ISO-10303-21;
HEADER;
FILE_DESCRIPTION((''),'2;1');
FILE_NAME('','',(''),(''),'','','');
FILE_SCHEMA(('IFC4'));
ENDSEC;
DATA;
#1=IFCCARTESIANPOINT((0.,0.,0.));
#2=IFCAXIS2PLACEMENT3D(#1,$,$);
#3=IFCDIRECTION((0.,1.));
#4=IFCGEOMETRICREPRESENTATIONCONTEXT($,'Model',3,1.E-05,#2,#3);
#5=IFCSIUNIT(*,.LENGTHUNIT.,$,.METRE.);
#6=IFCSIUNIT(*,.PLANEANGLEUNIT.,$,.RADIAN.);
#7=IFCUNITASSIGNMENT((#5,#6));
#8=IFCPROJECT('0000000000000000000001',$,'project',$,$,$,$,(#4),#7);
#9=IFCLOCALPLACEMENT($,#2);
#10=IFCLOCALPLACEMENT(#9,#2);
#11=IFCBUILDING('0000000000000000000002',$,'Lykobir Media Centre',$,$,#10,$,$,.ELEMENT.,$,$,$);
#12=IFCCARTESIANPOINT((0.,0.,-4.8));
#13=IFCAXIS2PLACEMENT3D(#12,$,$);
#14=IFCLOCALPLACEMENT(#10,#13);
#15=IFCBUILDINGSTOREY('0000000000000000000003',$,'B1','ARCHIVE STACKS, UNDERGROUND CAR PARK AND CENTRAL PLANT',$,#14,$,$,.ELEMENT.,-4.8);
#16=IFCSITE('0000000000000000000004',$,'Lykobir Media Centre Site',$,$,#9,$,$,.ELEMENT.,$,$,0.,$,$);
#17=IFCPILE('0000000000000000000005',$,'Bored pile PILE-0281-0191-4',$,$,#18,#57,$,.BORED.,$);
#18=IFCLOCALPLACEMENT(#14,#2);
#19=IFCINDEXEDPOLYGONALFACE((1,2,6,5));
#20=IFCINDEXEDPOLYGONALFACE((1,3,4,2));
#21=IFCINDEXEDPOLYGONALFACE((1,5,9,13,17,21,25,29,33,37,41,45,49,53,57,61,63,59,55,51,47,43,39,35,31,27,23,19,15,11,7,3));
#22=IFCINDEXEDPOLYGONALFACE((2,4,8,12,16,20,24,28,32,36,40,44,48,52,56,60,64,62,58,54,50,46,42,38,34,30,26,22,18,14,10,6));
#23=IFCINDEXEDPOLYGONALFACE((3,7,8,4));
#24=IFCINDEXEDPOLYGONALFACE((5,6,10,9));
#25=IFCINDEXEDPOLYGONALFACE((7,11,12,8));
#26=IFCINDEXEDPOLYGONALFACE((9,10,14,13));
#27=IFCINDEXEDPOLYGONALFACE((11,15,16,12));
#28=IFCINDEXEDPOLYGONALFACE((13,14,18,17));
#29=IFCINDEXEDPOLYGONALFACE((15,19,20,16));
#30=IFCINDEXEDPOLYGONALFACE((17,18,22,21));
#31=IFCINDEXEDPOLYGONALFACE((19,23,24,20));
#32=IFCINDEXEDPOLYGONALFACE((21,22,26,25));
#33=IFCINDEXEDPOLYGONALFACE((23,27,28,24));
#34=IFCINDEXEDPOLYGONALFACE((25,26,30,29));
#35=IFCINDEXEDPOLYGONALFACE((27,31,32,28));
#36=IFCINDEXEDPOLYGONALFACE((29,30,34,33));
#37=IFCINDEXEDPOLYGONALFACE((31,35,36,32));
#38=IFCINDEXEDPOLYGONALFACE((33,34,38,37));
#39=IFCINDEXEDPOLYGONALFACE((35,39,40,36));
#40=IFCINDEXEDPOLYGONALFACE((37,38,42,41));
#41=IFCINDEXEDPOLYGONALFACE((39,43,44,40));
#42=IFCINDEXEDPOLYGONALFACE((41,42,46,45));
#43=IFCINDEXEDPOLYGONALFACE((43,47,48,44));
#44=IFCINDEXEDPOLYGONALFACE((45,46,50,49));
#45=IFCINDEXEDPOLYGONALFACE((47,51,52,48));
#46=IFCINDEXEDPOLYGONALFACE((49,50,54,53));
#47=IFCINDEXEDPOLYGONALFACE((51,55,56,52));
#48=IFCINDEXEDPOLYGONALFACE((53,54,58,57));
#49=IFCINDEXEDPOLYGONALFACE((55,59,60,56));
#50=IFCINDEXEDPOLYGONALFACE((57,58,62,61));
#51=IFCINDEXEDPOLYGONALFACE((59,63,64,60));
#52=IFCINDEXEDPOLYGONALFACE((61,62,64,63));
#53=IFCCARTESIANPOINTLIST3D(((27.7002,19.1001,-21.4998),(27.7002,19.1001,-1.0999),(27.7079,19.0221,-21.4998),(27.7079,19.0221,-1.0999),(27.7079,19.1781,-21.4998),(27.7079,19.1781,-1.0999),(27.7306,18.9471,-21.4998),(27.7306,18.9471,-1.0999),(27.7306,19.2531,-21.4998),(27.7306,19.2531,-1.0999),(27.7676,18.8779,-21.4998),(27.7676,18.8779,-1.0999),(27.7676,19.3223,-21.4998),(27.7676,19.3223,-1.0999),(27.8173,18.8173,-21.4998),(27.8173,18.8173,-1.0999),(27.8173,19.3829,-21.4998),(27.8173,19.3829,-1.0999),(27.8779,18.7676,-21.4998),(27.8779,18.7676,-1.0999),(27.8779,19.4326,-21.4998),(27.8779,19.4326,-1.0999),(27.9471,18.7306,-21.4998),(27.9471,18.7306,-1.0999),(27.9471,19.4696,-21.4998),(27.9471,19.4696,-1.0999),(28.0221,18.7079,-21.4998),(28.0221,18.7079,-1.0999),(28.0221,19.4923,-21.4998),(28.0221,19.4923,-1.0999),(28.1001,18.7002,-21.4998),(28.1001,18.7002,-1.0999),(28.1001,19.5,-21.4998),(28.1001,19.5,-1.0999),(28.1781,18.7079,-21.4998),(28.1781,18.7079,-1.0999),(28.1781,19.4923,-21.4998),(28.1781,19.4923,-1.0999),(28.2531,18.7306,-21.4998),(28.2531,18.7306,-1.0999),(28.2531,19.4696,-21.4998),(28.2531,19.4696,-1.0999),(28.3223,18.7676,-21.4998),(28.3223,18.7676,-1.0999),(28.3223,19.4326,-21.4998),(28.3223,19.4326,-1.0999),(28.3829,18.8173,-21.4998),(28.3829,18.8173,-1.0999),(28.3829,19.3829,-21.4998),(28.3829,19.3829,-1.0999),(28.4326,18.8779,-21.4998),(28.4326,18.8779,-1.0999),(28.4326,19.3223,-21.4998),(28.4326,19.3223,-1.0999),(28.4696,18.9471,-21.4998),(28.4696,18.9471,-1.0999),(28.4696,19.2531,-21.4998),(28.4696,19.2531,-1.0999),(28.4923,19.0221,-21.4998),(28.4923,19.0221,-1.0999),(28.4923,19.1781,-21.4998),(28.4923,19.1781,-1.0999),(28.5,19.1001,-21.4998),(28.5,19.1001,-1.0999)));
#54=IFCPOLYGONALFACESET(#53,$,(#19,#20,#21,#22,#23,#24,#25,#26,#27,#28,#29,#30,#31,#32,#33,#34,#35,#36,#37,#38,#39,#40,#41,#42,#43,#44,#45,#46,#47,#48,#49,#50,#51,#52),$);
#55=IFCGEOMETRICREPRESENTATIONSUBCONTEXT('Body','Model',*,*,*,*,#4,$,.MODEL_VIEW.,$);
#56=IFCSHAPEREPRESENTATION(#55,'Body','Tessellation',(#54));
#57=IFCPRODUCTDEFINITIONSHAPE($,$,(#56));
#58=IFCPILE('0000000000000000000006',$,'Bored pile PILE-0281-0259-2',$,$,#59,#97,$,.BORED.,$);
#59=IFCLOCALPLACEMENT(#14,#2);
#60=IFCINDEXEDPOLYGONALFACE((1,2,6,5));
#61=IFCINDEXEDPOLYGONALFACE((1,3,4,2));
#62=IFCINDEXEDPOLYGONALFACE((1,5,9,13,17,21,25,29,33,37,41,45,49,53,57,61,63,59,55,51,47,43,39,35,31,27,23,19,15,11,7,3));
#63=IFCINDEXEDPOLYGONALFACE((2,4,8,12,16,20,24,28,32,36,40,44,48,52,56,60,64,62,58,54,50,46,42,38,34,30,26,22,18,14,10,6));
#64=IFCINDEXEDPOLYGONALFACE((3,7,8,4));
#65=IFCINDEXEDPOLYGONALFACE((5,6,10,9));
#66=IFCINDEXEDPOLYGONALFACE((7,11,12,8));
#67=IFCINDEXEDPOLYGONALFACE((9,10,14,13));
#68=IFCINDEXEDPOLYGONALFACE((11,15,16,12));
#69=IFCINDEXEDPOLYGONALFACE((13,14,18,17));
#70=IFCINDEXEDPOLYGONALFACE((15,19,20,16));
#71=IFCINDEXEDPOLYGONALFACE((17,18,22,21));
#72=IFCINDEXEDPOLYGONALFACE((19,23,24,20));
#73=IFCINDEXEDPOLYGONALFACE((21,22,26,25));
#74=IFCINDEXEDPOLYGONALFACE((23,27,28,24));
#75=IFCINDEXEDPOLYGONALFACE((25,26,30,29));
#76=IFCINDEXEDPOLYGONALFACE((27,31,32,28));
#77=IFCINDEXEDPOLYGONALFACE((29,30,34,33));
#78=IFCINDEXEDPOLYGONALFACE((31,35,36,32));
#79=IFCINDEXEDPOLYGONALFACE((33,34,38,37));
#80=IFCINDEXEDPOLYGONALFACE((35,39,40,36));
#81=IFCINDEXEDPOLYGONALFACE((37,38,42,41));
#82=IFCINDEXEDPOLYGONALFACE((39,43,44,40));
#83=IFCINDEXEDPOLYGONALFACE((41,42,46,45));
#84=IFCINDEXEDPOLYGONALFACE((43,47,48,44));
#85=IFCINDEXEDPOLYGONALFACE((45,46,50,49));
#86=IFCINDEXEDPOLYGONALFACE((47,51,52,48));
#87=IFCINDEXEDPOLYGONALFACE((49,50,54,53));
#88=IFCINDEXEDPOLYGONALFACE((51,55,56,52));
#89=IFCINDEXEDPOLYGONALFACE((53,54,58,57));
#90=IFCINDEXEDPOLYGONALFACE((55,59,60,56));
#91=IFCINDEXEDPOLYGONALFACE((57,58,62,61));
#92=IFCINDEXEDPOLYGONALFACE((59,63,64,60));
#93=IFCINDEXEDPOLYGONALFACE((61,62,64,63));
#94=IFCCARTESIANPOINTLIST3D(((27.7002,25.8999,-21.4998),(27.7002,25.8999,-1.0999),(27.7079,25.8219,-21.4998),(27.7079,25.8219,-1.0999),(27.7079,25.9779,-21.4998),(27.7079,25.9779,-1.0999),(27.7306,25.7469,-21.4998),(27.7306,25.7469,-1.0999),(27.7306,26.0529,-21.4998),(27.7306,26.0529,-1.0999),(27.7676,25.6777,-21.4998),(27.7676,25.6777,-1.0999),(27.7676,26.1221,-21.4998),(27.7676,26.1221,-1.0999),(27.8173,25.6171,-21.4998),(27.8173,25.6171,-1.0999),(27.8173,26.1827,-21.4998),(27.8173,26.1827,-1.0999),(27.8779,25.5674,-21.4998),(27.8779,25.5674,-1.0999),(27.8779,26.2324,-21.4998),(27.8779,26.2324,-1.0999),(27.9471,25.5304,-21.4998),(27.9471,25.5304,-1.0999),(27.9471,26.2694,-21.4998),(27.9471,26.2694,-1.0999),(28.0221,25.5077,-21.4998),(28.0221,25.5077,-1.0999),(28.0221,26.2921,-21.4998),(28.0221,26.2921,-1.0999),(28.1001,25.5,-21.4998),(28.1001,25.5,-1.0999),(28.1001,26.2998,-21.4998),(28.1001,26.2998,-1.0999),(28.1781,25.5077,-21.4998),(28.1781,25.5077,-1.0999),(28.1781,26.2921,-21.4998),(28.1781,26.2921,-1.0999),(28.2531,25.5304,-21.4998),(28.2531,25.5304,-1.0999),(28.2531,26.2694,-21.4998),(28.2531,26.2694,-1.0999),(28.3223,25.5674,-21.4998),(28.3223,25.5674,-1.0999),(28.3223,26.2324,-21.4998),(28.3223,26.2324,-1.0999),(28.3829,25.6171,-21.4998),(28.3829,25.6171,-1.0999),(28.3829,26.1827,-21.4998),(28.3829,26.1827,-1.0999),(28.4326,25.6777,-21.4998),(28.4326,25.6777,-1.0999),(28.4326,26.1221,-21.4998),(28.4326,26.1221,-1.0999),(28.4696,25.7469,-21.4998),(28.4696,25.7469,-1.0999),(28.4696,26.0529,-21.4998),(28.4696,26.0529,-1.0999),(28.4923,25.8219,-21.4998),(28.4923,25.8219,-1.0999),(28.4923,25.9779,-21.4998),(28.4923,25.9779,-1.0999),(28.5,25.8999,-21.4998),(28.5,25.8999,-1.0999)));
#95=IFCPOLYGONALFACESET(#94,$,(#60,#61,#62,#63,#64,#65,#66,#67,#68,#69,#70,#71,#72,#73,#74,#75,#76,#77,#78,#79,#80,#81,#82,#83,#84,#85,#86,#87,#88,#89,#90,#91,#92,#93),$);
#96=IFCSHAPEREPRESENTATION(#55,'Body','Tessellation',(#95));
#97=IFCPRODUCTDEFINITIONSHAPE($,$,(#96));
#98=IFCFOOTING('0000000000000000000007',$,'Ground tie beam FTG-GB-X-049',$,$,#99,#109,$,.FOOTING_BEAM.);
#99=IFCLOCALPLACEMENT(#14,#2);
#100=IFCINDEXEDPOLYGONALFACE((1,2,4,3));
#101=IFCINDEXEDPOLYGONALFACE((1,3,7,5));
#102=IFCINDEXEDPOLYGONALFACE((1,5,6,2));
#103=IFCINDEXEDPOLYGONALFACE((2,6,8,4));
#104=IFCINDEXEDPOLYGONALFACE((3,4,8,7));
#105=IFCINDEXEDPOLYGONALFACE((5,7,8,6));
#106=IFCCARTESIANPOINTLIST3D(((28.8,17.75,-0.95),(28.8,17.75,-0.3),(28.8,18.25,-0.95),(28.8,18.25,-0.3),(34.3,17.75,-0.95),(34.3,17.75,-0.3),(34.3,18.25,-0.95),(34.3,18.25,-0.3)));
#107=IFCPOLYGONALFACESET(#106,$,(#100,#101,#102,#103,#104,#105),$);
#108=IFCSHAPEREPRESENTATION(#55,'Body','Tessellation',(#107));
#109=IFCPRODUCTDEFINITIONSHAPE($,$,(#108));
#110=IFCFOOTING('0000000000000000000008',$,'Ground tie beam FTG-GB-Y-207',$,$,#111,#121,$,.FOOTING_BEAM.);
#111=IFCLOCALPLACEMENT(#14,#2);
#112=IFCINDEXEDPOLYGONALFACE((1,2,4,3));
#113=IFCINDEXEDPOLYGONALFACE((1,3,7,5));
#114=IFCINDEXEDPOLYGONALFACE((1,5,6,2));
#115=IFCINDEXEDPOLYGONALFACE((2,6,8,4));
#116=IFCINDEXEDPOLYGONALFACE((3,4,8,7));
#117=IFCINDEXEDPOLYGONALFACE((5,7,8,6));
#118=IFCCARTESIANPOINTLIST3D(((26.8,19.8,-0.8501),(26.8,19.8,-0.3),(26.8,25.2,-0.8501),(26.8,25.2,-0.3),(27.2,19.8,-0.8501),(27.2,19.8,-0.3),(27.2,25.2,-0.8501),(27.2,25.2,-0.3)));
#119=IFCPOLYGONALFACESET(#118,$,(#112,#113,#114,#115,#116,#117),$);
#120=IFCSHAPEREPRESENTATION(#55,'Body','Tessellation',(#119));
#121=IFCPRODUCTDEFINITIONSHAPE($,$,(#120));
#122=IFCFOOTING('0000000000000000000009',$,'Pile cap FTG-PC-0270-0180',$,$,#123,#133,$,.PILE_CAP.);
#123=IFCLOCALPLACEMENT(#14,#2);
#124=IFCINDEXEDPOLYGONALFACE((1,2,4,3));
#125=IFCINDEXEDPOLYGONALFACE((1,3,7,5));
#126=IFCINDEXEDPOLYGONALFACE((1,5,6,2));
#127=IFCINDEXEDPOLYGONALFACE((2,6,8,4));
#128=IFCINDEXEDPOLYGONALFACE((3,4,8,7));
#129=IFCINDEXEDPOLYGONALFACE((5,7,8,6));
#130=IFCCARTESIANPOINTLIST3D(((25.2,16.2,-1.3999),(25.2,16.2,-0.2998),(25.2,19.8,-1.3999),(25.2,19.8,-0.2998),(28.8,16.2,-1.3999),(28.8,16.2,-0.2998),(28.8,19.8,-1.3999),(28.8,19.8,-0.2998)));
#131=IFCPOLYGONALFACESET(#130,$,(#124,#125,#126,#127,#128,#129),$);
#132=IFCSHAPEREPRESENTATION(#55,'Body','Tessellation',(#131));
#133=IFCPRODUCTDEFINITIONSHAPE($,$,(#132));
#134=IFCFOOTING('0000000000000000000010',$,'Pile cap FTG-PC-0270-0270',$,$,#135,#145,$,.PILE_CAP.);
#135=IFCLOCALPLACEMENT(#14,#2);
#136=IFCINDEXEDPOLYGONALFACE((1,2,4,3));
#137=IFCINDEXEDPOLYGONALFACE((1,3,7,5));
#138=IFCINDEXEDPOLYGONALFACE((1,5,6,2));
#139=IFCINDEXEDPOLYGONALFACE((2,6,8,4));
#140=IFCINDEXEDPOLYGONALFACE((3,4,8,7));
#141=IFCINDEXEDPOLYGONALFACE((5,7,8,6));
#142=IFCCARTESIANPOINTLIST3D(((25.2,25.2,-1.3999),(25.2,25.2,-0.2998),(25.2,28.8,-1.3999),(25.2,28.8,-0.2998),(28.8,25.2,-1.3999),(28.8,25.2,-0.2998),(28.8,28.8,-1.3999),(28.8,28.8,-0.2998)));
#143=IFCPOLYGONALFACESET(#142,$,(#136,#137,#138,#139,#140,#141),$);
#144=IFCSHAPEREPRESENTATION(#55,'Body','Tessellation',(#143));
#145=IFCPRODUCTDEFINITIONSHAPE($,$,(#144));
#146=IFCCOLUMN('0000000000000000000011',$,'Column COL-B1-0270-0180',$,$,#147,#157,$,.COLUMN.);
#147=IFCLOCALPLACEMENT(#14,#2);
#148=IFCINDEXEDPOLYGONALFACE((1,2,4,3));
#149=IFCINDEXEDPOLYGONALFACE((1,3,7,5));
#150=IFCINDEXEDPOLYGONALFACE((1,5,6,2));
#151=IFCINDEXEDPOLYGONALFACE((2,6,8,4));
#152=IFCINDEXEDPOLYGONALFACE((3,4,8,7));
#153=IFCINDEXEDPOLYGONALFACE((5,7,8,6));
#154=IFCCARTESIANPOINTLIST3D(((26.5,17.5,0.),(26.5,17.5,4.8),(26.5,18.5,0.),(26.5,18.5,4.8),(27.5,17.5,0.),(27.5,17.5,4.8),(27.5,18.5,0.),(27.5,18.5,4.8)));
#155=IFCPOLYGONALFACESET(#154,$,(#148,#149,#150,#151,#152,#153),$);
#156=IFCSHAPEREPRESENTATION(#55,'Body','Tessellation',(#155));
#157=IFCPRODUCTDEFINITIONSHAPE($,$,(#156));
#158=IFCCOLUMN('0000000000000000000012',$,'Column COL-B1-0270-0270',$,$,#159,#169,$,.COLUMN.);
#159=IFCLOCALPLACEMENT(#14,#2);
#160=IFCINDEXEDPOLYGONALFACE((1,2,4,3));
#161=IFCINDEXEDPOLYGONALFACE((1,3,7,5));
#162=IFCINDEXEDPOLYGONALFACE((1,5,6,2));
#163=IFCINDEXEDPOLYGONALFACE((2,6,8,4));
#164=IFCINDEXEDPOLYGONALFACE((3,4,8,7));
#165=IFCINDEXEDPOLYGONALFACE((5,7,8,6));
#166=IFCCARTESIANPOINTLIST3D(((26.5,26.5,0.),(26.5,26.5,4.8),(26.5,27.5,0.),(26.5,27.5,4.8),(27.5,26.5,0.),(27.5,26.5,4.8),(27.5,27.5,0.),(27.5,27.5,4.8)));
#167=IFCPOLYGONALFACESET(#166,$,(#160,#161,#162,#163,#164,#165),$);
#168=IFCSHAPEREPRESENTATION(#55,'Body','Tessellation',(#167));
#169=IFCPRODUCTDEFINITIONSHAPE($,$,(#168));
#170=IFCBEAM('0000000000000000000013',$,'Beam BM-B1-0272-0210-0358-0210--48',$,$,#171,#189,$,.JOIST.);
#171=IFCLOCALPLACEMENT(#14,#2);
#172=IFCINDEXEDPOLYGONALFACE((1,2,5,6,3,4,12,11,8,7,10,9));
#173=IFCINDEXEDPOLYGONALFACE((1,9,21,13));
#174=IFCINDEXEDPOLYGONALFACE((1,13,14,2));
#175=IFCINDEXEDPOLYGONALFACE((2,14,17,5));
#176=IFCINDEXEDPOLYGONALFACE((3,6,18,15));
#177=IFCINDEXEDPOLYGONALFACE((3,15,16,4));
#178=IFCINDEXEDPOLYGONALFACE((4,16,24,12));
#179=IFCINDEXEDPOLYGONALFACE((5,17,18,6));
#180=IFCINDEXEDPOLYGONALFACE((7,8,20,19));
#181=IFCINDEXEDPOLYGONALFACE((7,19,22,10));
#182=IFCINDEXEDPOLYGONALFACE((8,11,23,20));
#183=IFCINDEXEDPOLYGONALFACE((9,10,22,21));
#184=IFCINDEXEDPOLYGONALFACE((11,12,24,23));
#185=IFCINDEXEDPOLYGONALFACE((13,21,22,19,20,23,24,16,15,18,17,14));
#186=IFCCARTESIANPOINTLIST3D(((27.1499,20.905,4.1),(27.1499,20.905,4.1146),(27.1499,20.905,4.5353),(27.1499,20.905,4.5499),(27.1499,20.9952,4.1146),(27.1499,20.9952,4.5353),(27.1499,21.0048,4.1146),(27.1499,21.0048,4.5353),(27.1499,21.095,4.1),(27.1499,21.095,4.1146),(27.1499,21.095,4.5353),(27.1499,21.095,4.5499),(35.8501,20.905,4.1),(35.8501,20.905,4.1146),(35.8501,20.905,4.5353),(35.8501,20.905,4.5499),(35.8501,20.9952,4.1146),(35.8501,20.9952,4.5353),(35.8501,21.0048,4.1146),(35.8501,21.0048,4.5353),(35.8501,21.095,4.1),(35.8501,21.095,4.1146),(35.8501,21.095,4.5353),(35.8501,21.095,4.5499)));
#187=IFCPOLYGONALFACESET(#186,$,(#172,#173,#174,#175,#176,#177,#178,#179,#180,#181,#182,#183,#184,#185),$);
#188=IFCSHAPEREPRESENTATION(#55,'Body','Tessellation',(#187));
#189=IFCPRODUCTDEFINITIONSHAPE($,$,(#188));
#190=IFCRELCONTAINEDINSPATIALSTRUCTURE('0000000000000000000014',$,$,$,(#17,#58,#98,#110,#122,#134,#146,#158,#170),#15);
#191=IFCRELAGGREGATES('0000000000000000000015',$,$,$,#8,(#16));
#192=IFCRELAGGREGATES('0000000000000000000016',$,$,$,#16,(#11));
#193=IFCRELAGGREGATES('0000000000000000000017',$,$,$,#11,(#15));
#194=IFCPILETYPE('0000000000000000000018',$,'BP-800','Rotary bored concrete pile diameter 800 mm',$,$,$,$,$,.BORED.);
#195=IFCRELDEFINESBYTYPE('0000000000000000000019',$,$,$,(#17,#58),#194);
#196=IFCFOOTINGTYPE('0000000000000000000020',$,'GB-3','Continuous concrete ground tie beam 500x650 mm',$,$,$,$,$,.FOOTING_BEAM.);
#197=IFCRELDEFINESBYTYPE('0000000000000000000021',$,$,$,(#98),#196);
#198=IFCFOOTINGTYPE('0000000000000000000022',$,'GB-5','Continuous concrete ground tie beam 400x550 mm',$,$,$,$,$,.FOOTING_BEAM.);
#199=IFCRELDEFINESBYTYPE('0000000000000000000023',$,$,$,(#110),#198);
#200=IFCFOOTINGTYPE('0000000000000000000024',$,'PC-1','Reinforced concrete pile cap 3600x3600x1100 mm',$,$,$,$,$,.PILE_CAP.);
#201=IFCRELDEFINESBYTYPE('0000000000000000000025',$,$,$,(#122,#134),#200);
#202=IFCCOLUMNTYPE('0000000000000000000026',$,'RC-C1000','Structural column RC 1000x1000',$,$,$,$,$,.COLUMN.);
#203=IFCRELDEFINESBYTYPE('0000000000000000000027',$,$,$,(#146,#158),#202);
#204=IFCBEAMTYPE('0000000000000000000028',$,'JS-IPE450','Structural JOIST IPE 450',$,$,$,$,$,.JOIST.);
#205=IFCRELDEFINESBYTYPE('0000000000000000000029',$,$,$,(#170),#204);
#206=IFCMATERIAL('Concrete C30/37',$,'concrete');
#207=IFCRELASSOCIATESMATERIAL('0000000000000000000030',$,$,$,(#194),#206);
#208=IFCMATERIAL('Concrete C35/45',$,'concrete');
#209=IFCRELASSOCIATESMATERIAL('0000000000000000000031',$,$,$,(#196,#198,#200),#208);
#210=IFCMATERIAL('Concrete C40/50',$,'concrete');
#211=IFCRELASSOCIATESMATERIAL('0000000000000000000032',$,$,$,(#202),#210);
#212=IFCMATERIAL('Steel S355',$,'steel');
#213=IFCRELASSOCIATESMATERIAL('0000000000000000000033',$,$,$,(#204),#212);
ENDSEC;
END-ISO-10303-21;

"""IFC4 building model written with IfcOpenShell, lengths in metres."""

from ifc_helpers import new_model, si_unit, direction, frame, origin, origin_2d, place, context, subcontext, project, spatial, rectangle, circle, i_section, extrude, material, material_profile, profile_set, type_object, element, save


model = new_model("IFC4")

# Units and contexts
model_context = context("Model", 3, precision=1e-05, world=origin(), true_north=direction((0.0, 1.0)))
body_context = subcontext(model_context, "Body", "Model", "MODEL_VIEW")
ifc_project = project(units=[si_unit("LENGTHUNIT", "METRE"), si_unit("PLANEANGLEUNIT", "RADIAN")], contexts=[model_context])

# Site, building, storey
site_placement = place(None, origin())
site = spatial("IfcSite", under=ifc_project, at=site_placement, Name="Lykobir Media Centre Site", CompositionType="ELEMENT", RefElevation=0.0)
building_placement = place(site_placement, origin())
building = spatial("IfcBuilding", under=site, at=building_placement, Name="Lykobir Media Centre", CompositionType="ELEMENT")
storey_placement = place(building_placement, frame((0.0, 0.0, -4.8)))
storey = spatial("IfcBuildingStorey", under=building, at=storey_placement, Name="B1", Description="ARCHIVE STACKS, UNDERGROUND CAR PARK AND CENTRAL PLANT", CompositionType="ELEMENT", Elevation=-4.8)

# Piles
ifc_material_1 = material(Name="Concrete C30/37", Category="concrete")
ifc_material_profile_1 = material_profile(ifc_material_1, circle(Radius=0.3999, at=origin_2d()), Name="BORED PILE D800")
ifc_profile_set_1 = profile_set([ifc_material_profile_1], Name="Concrete C30/37")
pile_type = type_object("IfcPileType", Name="BP-800", Description="Rotary bored concrete pile diameter 800 mm", PredefinedType="BORED", material=ifc_profile_set_1)
for number, where, z_axis, x_axis, name in (
    (1, (28.1001, 19.1001, -1.0999), (0.0, 0.0, -1.0), (1.0, 0.0, 0.0), "Bored pile PILE-0281-0191-4"),
    (2, (28.1001, 25.8999, -1.0999), (0.0, 0.0, -1.0), (1.0, 0.0, 0.0), "Bored pile PILE-0281-0259-2"),
):
    element("IfcPile", number, at=place(storey_placement, frame(where, z_axis=z_axis, x_axis=x_axis)), inside=storey, type_object=pile_type, Name=name, PredefinedType="BORED", context=body_context, shape_type="SweptSolid", body=[
        extrude(circle(Radius=0.3999, at=origin_2d()), origin(), (0.0, 0.0, 1.0), 20.3999),
    ])

# Footings
ifc_material_2 = material(Name="Concrete C35/45", Category="concrete")
footing_type_1 = type_object("IfcFootingType", Name="GB-3", Description="Continuous concrete ground tie beam 500x650 mm", PredefinedType="FOOTING_BEAM", material=ifc_material_2)
footing_1_placement = place(storey_placement, frame((31.55, 18.0, -0.95), z_axis=(0.0, 0.0, 1.0), x_axis=(1.0, 0.0, 0.0)))
element("IfcFooting", 3, at=footing_1_placement, inside=storey, type_object=footing_type_1, Name="Ground tie beam FTG-GB-X-049", PredefinedType="FOOTING_BEAM", context=body_context, shape_type="SweptSolid", body=[
    extrude(rectangle(XDim=5.5, YDim=0.5, at=origin_2d()), origin(), (0.0, 0.0, 1.0), 0.6499),
])
footing_type_2 = type_object("IfcFootingType", Name="GB-5", Description="Continuous concrete ground tie beam 400x550 mm", PredefinedType="FOOTING_BEAM", material=ifc_material_2)
footing_2_placement = place(storey_placement, frame((27.0, 22.5, -0.8501), z_axis=(0.0, 0.0, 1.0), x_axis=(0.0, 1.0, 0.0)))
element("IfcFooting", 4, at=footing_2_placement, inside=storey, type_object=footing_type_2, Name="Ground tie beam FTG-GB-Y-207", PredefinedType="FOOTING_BEAM", context=body_context, shape_type="SweptSolid", body=[
    extrude(rectangle(XDim=5.3999, YDim=0.3999, at=origin_2d()), origin(), (0.0, 0.0, 1.0), 0.55),
])
footing_type_3 = type_object("IfcFootingType", Name="PC-1", Description="Reinforced concrete pile cap 3600x3600x1100 mm", PredefinedType="PILE_CAP", material=ifc_material_2)
for number, where, z_axis, x_axis, name in (
    (5, (27.0, 18.0, -1.3999), (0.0, 0.0, 1.0), (1.0, 0.0, 0.0), "Pile cap FTG-PC-0270-0180"),
    (6, (27.0, 27.0, -1.3999), (0.0, 0.0, 1.0), (1.0, 0.0, 0.0), "Pile cap FTG-PC-0270-0270"),
):
    element("IfcFooting", number, at=place(storey_placement, frame(where, z_axis=z_axis, x_axis=x_axis)), inside=storey, type_object=footing_type_3, Name=name, PredefinedType="PILE_CAP", context=body_context, shape_type="SweptSolid", body=[
        extrude(rectangle(XDim=3.6001, YDim=3.6001, at=origin_2d()), origin(), (0.0, 0.0, 1.0), 1.1001),
    ])

# Columns
ifc_material_3 = material(Name="Concrete C40/50", Category="concrete")
ifc_material_profile_2 = material_profile(ifc_material_3, rectangle(XDim=1.0, YDim=1.0, at=origin_2d()), Name="RC 1000x1000")
ifc_profile_set_2 = profile_set([ifc_material_profile_2], Name="Concrete C40/50")
column_type = type_object("IfcColumnType", Name="RC-C1000", Description="Structural column RC 1000x1000", PredefinedType="COLUMN", material=ifc_profile_set_2)
for number, where, z_axis, x_axis, name in (
    (7, (27.0, 18.0, 0.0), (0.0, 0.0, 1.0), (1.0, 0.0, 0.0), "Column COL-B1-0270-0180"),
    (8, (27.0, 27.0, 0.0), (0.0, 0.0, 1.0), (1.0, 0.0, 0.0), "Column COL-B1-0270-0270"),
):
    element("IfcColumn", number, at=place(storey_placement, frame(where, z_axis=z_axis, x_axis=x_axis)), inside=storey, type_object=column_type, Name=name, PredefinedType="COLUMN", context=body_context, shape_type="SweptSolid", body=[
        extrude(rectangle(XDim=1.0, YDim=1.0, at=origin_2d()), origin(), (0.0, 0.0, 1.0), 4.8),
    ])

# Beam
ifc_material_4 = material(Name="Steel S355", Category="steel")
ifc_material_profile_3 = material_profile(ifc_material_4, i_section(OverallWidth=0.1899, OverallDepth=0.45, WebThickness=0.0095, FlangeThickness=0.0146, at=origin_2d()), Name="IPE 450")
ifc_profile_set_3 = profile_set([ifc_material_profile_3], Name="Steel S355")
beam_type_1 = type_object("IfcBeamType", Name="JS-IPE450", Description="Structural JOIST IPE 450", PredefinedType="JOIST", material=ifc_profile_set_3)
for number, where, z_axis, x_axis, name in (
    (9, (27.1499, 21.0, 4.325), (1.0, 0.0, 0.0), (0.0, 1.0, 0.0), "Beam BM-B1-0272-0210-0358-0210--48"),
):
    element("IfcBeam", number, at=place(storey_placement, frame(where, z_axis=z_axis, x_axis=x_axis)), inside=storey, type_object=beam_type_1, Name=name, PredefinedType="JOIST", context=body_context, shape_type="SweptSolid", body=[
        extrude(i_section(OverallWidth=0.1899, OverallDepth=0.45, WebThickness=0.0095, FlangeThickness=0.0146, at=origin_2d()), origin(), (0.0, 0.0, 1.0), 8.7002),
    ])

save(model, "model.ifc")
